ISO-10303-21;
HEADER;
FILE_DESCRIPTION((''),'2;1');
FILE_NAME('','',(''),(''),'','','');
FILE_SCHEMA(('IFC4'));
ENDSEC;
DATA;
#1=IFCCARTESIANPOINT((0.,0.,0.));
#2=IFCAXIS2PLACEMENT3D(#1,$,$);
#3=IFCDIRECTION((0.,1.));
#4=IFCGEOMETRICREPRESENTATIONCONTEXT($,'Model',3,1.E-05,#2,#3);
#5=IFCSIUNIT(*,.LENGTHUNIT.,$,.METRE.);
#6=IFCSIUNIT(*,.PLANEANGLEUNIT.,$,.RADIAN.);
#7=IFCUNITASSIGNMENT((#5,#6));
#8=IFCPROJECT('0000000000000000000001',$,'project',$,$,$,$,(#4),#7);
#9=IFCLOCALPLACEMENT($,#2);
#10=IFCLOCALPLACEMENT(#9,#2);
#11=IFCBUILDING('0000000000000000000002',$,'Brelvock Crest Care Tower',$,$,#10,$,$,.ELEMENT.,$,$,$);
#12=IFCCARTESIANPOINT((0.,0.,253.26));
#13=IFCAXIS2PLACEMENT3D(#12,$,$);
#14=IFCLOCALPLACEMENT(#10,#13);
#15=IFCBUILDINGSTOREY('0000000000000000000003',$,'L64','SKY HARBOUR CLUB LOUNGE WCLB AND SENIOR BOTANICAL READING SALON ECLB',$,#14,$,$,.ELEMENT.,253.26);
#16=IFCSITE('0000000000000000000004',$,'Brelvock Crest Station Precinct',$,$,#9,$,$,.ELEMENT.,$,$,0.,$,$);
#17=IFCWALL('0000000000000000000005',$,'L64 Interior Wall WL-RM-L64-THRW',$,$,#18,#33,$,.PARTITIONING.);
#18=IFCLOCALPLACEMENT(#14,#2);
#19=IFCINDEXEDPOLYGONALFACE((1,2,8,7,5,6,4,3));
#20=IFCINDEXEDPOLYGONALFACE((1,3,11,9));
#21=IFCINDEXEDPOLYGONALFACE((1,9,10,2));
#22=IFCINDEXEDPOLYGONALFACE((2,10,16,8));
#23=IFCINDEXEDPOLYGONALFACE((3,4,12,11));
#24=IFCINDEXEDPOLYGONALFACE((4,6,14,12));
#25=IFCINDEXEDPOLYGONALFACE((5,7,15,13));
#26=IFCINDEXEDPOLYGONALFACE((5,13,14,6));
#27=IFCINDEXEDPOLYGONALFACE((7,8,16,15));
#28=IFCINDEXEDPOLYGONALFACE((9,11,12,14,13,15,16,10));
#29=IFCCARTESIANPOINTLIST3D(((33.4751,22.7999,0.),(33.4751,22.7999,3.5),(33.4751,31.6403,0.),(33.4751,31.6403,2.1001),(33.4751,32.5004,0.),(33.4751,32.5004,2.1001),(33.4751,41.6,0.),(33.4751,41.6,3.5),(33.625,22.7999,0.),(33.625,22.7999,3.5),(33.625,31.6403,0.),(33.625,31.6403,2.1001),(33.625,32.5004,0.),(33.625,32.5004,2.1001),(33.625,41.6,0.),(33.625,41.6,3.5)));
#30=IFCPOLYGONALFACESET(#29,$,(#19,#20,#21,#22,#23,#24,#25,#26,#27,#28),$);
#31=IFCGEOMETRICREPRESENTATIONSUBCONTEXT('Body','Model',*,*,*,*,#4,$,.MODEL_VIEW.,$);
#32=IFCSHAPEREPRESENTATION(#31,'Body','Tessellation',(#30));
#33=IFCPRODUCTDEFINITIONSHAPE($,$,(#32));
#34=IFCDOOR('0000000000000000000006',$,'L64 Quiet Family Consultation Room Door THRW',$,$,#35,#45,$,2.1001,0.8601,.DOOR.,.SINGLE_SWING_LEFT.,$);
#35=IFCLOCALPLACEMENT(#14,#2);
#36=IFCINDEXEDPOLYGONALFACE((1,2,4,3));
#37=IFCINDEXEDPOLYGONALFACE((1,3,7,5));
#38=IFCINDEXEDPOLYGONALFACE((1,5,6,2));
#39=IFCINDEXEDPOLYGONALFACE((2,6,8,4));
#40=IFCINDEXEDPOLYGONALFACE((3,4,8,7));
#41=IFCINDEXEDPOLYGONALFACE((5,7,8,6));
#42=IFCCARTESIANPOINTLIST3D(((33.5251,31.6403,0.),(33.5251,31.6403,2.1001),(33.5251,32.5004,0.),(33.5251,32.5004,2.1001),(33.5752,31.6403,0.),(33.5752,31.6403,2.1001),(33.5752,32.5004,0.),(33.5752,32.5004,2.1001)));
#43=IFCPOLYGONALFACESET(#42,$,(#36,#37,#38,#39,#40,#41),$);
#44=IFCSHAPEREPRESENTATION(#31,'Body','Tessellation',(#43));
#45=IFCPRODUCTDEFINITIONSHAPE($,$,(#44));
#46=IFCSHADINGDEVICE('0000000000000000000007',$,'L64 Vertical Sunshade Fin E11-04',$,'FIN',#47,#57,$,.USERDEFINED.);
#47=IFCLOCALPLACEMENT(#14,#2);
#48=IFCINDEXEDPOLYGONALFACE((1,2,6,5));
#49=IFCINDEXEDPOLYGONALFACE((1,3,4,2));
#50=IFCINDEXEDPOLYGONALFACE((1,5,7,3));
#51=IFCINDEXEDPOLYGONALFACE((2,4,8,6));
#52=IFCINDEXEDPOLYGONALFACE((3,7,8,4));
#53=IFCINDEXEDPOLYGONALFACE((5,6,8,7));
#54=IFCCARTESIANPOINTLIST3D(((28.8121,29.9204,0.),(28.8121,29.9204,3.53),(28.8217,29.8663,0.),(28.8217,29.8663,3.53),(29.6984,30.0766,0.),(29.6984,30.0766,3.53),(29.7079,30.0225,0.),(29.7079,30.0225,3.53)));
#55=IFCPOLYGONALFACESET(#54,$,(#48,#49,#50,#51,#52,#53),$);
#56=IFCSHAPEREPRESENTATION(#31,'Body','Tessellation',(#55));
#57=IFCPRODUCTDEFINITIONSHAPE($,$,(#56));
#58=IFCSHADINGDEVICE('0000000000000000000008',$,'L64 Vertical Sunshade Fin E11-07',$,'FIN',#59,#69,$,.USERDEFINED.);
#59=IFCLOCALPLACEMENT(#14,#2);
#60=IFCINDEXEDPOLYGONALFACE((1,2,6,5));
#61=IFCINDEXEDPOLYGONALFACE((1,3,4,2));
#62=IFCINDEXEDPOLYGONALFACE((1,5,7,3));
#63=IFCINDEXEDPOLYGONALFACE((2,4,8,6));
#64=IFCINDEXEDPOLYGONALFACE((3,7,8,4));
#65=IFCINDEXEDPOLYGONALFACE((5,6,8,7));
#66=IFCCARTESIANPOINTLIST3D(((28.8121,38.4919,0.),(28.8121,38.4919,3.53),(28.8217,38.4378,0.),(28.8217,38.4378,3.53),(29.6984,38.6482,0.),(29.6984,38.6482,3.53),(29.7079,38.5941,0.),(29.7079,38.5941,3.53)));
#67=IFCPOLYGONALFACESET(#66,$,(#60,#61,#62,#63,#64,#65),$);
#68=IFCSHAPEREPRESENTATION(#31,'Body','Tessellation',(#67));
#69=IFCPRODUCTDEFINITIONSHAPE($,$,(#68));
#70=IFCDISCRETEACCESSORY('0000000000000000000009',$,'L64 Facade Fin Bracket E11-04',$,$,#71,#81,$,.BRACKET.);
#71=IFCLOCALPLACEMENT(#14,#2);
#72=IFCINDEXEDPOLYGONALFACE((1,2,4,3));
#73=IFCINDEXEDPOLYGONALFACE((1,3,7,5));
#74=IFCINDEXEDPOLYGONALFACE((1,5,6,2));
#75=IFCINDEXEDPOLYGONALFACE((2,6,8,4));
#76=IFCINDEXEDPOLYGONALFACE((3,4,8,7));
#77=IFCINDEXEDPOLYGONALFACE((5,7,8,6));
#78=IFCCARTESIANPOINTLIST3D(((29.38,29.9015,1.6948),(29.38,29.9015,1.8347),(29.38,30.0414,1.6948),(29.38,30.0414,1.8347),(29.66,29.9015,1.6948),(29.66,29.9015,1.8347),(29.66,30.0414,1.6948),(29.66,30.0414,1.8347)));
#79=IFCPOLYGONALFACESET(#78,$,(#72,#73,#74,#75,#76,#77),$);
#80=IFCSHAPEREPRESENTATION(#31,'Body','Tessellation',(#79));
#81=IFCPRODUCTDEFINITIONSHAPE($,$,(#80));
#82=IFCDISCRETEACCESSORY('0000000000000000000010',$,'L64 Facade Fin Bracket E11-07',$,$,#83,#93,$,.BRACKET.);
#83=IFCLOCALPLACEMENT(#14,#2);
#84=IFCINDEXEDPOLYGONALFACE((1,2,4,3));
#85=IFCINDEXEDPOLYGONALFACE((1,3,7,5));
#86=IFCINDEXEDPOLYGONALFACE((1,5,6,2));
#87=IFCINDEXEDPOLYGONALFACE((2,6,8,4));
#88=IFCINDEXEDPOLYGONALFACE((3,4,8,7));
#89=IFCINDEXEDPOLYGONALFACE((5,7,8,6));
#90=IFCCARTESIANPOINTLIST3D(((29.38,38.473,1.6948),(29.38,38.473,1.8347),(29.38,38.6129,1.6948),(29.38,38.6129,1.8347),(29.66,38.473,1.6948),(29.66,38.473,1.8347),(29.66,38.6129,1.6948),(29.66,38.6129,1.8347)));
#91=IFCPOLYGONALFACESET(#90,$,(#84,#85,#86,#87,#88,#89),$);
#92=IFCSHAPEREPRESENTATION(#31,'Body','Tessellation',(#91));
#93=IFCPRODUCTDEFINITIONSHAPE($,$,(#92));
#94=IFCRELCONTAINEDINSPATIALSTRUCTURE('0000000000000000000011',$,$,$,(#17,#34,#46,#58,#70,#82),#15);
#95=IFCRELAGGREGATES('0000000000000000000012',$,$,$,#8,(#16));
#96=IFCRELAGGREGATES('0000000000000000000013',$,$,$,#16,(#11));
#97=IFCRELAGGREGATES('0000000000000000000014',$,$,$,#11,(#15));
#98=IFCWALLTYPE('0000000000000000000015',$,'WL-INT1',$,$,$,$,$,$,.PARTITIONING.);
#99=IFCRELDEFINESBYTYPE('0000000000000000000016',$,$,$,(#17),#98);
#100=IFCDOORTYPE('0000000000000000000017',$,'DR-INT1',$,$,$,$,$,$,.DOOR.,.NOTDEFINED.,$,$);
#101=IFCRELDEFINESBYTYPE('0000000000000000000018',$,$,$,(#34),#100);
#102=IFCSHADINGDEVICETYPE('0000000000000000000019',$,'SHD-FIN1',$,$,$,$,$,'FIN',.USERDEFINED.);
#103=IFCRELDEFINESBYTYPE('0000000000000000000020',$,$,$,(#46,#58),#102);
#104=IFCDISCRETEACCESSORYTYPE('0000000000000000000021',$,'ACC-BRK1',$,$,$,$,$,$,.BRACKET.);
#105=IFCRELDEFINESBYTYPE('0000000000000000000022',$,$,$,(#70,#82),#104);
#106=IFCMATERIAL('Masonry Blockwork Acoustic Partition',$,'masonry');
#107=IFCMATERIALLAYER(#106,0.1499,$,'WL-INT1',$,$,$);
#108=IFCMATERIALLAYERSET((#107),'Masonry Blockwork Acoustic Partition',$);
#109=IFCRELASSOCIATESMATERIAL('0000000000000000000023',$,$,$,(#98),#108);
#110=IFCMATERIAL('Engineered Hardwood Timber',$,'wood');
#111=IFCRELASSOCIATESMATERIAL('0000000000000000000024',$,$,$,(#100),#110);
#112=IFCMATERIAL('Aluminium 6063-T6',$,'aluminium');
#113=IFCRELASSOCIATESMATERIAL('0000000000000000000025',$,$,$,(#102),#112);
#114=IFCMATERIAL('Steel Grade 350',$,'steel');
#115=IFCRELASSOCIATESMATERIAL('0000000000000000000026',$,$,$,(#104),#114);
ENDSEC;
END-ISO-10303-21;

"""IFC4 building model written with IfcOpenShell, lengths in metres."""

from ifc_helpers import new_model, si_unit, direction, frame, frame_2d, origin, origin_2d, place, context, subcontext, project, spatial, rectangle, extrude, source, transform, mapped, material, layer, layer_set, material_profile, profile_set, type_object, element, fill, save


model = new_model("IFC4")

# Units and contexts
model_context = context("Model", 3, precision=1e-05, world=origin(), true_north=direction((0.0, 1.0)))
body_context = subcontext(model_context, "Body", "Model", "MODEL_VIEW")
ifc_project = project(units=[si_unit("LENGTHUNIT", "METRE"), si_unit("PLANEANGLEUNIT", "RADIAN")], contexts=[model_context])

# Site, building, storey
site_placement = place(None, origin())
site = spatial("IfcSite", under=ifc_project, at=site_placement, Name="Brelvock Crest Station Precinct", CompositionType="ELEMENT", RefElevation=0.0)
building_placement = place(site_placement, origin())
building = spatial("IfcBuilding", under=site, at=building_placement, Name="Brelvock Crest Care Tower", CompositionType="ELEMENT")
storey_placement = place(building_placement, frame((0.0, 0.0, 253.26)))
storey = spatial("IfcBuildingStorey", under=building, at=storey_placement, Name="L64", Description="SKY HARBOUR CLUB LOUNGE WCLB AND SENIOR BOTANICAL READING SALON ECLB", CompositionType="ELEMENT", Elevation=253.26)

# Shared definitions
ifc_material_1 = material(Name="Aluminium 6063-T6", Category="aluminium")

# Shared definitions
ifc_material_2 = material(Name="Masonry Blockwork Acoustic Partition", Category="masonry")
ifc_layer_1 = layer(ifc_material_2, 0.1499, Name="WL-INT1")
ifc_layer_set_1 = layer_set([ifc_layer_1], Name="Masonry Blockwork Acoustic Partition")
wall_type = type_object("IfcWallType", Name="WL-INT1", PredefinedType="PARTITIONING", material=ifc_layer_set_1)

# Wall, opening, door
wall_1_placement = place(storey_placement, frame((33.55, 22.8, 0.0), z_axis=(0.0, 0.0, 1.0), x_axis=(0.0, 1.0, 0.0)))
wall_1 = element("IfcWall", 1, at=wall_1_placement, inside=storey, type_object=wall_type, Name="L64 Interior Wall WL-RM-L64-THRW", PredefinedType="PARTITIONING", context=body_context, shape_type="SweptSolid", body=[
    extrude(rectangle(XDim=18.8, YDim=0.1499, at=frame_2d((9.3999, 0.0))), origin(), (0.0, 0.0, 1.0), 3.5),
])
opening_placement = place(wall_1_placement, frame((8.8401, 0.0, 0.0)))
opening = element("IfcOpeningElement", 2, at=opening_placement, cuts=wall_1, PredefinedType="OPENING", context=body_context, shape_type="SweptSolid", body=[
    extrude(rectangle(XDim=0.8601, YDim=2.1001, at=origin_2d()), frame((0.4302, 0.085, 1.05), z_axis=(0.0, -1.0, 0.0), x_axis=(1.0, 0.0, 0.0)), (0.0, 0.0, 1.0), 0.1699),
])
ifc_material_3 = material(Name="Engineered Hardwood Timber", Category="wood")
door_type = type_object("IfcDoorType", Name="DR-INT1", OperationType="NOTDEFINED", PredefinedType="DOOR", material=ifc_material_3)
shared_shape_1 = source(origin(), body_context, "Body", "SweptSolid", [
    extrude(rectangle(XDim=0.8601, YDim=2.1001, at=origin_2d()), frame((0.4302, 0.0249, 1.05), z_axis=(0.0, -1.0, 0.0), x_axis=(1.0, 0.0, 0.0)), (0.0, 0.0, 1.0), 0.05),
])
door_placement = place(opening_placement, origin())
door = element("IfcDoor", 3, at=door_placement, inside=storey, type_object=door_type, Name="L64 Quiet Family Consultation Room Door THRW", OperationType="SINGLE_SWING_LEFT", OverallHeight=2.1001, OverallWidth=0.8601, PredefinedType="DOOR", context=body_context, shape_type="MappedRepresentation", body=[
    mapped(shared_shape_1, transform((0.0, 0.0, 0.0), x_axis=(1.0, 0.0, 0.0), y_axis=(0.0, 1.0, 0.0), z_axis=(0.0, 0.0, 1.0), scale=1.0)),
])
fill(opening, door)

# Shading devices
ifc_material_profile_1 = material_profile(ifc_material_1, rectangle(XDim=0.0549, YDim=0.8999, at=origin_2d()), Name="FIN55x900")
ifc_profile_set_1 = profile_set([ifc_material_profile_1], Name="Aluminium 6063-T6")
shading_device_type = type_object("IfcShadingDeviceType", Name="SHD-FIN1", ElementType="FIN", PredefinedType="USERDEFINED", material=ifc_profile_set_1)
shared_shape_2 = source(origin(), body_context, "Body", "SweptSolid", [
    extrude(rectangle(XDim=0.0549, YDim=0.8999, at=origin_2d()), origin(), (0.0, 0.0, 1.0), 3.53),
])
for number, where, z_axis, x_axis, name in (
    (4, (29.26, 29.9714, 0.0), (0.0, 0.0, 1.0), (-0.173648, 0.984808, 0.0), "L64 Vertical Sunshade Fin E11-04"),
    (5, (29.26, 38.543, 0.0), (0.0, 0.0, 1.0), (-0.173648, 0.984808, 0.0), "L64 Vertical Sunshade Fin E11-07"),
):
    element("IfcShadingDevice", number, at=place(storey_placement, frame(where, z_axis=z_axis, x_axis=x_axis)), inside=storey, type_object=shading_device_type, Name=name, ObjectType="FIN", PredefinedType="USERDEFINED", context=body_context, shape_type="MappedRepresentation", body=[
        mapped(shared_shape_2, transform((0.0, 0.0, 0.0), x_axis=(1.0, 0.0, 0.0), y_axis=(0.0, 1.0, 0.0), z_axis=(0.0, 0.0, 1.0), scale=1.0)),
    ])

# Discrete accessories
ifc_material_4 = material(Name="Steel Grade 350", Category="steel")
discrete_accessory_type = type_object("IfcDiscreteAccessoryType", Name="ACC-BRK1", PredefinedType="BRACKET", material=ifc_material_4)
shared_shape_3 = source(origin(), body_context, "Body", "SweptSolid", [
    extrude(rectangle(XDim=0.28, YDim=0.1399, at=origin_2d()), origin(), (0.0, 0.0, 1.0), 0.1399),
])
for number, where, z_axis, x_axis, name in (
    (6, (29.52, 29.9714, 1.6948), (0.0, 0.0, 1.0), (-1.0, 0.0, 0.0), "L64 Facade Fin Bracket E11-04"),
    (7, (29.52, 38.543, 1.6948), (0.0, 0.0, 1.0), (-1.0, 0.0, 0.0), "L64 Facade Fin Bracket E11-07"),
):
    element("IfcDiscreteAccessory", number, at=place(storey_placement, frame(where, z_axis=z_axis, x_axis=x_axis)), inside=storey, type_object=discrete_accessory_type, Name=name, PredefinedType="BRACKET", context=body_context, shape_type="MappedRepresentation", body=[
        mapped(shared_shape_3, transform((0.0, 0.0, 0.0), x_axis=(1.0, 0.0, 0.0), y_axis=(0.0, 1.0, 0.0), z_axis=(0.0, 0.0, 1.0), scale=1.0)),
    ])

save(model, "model.ifc")
